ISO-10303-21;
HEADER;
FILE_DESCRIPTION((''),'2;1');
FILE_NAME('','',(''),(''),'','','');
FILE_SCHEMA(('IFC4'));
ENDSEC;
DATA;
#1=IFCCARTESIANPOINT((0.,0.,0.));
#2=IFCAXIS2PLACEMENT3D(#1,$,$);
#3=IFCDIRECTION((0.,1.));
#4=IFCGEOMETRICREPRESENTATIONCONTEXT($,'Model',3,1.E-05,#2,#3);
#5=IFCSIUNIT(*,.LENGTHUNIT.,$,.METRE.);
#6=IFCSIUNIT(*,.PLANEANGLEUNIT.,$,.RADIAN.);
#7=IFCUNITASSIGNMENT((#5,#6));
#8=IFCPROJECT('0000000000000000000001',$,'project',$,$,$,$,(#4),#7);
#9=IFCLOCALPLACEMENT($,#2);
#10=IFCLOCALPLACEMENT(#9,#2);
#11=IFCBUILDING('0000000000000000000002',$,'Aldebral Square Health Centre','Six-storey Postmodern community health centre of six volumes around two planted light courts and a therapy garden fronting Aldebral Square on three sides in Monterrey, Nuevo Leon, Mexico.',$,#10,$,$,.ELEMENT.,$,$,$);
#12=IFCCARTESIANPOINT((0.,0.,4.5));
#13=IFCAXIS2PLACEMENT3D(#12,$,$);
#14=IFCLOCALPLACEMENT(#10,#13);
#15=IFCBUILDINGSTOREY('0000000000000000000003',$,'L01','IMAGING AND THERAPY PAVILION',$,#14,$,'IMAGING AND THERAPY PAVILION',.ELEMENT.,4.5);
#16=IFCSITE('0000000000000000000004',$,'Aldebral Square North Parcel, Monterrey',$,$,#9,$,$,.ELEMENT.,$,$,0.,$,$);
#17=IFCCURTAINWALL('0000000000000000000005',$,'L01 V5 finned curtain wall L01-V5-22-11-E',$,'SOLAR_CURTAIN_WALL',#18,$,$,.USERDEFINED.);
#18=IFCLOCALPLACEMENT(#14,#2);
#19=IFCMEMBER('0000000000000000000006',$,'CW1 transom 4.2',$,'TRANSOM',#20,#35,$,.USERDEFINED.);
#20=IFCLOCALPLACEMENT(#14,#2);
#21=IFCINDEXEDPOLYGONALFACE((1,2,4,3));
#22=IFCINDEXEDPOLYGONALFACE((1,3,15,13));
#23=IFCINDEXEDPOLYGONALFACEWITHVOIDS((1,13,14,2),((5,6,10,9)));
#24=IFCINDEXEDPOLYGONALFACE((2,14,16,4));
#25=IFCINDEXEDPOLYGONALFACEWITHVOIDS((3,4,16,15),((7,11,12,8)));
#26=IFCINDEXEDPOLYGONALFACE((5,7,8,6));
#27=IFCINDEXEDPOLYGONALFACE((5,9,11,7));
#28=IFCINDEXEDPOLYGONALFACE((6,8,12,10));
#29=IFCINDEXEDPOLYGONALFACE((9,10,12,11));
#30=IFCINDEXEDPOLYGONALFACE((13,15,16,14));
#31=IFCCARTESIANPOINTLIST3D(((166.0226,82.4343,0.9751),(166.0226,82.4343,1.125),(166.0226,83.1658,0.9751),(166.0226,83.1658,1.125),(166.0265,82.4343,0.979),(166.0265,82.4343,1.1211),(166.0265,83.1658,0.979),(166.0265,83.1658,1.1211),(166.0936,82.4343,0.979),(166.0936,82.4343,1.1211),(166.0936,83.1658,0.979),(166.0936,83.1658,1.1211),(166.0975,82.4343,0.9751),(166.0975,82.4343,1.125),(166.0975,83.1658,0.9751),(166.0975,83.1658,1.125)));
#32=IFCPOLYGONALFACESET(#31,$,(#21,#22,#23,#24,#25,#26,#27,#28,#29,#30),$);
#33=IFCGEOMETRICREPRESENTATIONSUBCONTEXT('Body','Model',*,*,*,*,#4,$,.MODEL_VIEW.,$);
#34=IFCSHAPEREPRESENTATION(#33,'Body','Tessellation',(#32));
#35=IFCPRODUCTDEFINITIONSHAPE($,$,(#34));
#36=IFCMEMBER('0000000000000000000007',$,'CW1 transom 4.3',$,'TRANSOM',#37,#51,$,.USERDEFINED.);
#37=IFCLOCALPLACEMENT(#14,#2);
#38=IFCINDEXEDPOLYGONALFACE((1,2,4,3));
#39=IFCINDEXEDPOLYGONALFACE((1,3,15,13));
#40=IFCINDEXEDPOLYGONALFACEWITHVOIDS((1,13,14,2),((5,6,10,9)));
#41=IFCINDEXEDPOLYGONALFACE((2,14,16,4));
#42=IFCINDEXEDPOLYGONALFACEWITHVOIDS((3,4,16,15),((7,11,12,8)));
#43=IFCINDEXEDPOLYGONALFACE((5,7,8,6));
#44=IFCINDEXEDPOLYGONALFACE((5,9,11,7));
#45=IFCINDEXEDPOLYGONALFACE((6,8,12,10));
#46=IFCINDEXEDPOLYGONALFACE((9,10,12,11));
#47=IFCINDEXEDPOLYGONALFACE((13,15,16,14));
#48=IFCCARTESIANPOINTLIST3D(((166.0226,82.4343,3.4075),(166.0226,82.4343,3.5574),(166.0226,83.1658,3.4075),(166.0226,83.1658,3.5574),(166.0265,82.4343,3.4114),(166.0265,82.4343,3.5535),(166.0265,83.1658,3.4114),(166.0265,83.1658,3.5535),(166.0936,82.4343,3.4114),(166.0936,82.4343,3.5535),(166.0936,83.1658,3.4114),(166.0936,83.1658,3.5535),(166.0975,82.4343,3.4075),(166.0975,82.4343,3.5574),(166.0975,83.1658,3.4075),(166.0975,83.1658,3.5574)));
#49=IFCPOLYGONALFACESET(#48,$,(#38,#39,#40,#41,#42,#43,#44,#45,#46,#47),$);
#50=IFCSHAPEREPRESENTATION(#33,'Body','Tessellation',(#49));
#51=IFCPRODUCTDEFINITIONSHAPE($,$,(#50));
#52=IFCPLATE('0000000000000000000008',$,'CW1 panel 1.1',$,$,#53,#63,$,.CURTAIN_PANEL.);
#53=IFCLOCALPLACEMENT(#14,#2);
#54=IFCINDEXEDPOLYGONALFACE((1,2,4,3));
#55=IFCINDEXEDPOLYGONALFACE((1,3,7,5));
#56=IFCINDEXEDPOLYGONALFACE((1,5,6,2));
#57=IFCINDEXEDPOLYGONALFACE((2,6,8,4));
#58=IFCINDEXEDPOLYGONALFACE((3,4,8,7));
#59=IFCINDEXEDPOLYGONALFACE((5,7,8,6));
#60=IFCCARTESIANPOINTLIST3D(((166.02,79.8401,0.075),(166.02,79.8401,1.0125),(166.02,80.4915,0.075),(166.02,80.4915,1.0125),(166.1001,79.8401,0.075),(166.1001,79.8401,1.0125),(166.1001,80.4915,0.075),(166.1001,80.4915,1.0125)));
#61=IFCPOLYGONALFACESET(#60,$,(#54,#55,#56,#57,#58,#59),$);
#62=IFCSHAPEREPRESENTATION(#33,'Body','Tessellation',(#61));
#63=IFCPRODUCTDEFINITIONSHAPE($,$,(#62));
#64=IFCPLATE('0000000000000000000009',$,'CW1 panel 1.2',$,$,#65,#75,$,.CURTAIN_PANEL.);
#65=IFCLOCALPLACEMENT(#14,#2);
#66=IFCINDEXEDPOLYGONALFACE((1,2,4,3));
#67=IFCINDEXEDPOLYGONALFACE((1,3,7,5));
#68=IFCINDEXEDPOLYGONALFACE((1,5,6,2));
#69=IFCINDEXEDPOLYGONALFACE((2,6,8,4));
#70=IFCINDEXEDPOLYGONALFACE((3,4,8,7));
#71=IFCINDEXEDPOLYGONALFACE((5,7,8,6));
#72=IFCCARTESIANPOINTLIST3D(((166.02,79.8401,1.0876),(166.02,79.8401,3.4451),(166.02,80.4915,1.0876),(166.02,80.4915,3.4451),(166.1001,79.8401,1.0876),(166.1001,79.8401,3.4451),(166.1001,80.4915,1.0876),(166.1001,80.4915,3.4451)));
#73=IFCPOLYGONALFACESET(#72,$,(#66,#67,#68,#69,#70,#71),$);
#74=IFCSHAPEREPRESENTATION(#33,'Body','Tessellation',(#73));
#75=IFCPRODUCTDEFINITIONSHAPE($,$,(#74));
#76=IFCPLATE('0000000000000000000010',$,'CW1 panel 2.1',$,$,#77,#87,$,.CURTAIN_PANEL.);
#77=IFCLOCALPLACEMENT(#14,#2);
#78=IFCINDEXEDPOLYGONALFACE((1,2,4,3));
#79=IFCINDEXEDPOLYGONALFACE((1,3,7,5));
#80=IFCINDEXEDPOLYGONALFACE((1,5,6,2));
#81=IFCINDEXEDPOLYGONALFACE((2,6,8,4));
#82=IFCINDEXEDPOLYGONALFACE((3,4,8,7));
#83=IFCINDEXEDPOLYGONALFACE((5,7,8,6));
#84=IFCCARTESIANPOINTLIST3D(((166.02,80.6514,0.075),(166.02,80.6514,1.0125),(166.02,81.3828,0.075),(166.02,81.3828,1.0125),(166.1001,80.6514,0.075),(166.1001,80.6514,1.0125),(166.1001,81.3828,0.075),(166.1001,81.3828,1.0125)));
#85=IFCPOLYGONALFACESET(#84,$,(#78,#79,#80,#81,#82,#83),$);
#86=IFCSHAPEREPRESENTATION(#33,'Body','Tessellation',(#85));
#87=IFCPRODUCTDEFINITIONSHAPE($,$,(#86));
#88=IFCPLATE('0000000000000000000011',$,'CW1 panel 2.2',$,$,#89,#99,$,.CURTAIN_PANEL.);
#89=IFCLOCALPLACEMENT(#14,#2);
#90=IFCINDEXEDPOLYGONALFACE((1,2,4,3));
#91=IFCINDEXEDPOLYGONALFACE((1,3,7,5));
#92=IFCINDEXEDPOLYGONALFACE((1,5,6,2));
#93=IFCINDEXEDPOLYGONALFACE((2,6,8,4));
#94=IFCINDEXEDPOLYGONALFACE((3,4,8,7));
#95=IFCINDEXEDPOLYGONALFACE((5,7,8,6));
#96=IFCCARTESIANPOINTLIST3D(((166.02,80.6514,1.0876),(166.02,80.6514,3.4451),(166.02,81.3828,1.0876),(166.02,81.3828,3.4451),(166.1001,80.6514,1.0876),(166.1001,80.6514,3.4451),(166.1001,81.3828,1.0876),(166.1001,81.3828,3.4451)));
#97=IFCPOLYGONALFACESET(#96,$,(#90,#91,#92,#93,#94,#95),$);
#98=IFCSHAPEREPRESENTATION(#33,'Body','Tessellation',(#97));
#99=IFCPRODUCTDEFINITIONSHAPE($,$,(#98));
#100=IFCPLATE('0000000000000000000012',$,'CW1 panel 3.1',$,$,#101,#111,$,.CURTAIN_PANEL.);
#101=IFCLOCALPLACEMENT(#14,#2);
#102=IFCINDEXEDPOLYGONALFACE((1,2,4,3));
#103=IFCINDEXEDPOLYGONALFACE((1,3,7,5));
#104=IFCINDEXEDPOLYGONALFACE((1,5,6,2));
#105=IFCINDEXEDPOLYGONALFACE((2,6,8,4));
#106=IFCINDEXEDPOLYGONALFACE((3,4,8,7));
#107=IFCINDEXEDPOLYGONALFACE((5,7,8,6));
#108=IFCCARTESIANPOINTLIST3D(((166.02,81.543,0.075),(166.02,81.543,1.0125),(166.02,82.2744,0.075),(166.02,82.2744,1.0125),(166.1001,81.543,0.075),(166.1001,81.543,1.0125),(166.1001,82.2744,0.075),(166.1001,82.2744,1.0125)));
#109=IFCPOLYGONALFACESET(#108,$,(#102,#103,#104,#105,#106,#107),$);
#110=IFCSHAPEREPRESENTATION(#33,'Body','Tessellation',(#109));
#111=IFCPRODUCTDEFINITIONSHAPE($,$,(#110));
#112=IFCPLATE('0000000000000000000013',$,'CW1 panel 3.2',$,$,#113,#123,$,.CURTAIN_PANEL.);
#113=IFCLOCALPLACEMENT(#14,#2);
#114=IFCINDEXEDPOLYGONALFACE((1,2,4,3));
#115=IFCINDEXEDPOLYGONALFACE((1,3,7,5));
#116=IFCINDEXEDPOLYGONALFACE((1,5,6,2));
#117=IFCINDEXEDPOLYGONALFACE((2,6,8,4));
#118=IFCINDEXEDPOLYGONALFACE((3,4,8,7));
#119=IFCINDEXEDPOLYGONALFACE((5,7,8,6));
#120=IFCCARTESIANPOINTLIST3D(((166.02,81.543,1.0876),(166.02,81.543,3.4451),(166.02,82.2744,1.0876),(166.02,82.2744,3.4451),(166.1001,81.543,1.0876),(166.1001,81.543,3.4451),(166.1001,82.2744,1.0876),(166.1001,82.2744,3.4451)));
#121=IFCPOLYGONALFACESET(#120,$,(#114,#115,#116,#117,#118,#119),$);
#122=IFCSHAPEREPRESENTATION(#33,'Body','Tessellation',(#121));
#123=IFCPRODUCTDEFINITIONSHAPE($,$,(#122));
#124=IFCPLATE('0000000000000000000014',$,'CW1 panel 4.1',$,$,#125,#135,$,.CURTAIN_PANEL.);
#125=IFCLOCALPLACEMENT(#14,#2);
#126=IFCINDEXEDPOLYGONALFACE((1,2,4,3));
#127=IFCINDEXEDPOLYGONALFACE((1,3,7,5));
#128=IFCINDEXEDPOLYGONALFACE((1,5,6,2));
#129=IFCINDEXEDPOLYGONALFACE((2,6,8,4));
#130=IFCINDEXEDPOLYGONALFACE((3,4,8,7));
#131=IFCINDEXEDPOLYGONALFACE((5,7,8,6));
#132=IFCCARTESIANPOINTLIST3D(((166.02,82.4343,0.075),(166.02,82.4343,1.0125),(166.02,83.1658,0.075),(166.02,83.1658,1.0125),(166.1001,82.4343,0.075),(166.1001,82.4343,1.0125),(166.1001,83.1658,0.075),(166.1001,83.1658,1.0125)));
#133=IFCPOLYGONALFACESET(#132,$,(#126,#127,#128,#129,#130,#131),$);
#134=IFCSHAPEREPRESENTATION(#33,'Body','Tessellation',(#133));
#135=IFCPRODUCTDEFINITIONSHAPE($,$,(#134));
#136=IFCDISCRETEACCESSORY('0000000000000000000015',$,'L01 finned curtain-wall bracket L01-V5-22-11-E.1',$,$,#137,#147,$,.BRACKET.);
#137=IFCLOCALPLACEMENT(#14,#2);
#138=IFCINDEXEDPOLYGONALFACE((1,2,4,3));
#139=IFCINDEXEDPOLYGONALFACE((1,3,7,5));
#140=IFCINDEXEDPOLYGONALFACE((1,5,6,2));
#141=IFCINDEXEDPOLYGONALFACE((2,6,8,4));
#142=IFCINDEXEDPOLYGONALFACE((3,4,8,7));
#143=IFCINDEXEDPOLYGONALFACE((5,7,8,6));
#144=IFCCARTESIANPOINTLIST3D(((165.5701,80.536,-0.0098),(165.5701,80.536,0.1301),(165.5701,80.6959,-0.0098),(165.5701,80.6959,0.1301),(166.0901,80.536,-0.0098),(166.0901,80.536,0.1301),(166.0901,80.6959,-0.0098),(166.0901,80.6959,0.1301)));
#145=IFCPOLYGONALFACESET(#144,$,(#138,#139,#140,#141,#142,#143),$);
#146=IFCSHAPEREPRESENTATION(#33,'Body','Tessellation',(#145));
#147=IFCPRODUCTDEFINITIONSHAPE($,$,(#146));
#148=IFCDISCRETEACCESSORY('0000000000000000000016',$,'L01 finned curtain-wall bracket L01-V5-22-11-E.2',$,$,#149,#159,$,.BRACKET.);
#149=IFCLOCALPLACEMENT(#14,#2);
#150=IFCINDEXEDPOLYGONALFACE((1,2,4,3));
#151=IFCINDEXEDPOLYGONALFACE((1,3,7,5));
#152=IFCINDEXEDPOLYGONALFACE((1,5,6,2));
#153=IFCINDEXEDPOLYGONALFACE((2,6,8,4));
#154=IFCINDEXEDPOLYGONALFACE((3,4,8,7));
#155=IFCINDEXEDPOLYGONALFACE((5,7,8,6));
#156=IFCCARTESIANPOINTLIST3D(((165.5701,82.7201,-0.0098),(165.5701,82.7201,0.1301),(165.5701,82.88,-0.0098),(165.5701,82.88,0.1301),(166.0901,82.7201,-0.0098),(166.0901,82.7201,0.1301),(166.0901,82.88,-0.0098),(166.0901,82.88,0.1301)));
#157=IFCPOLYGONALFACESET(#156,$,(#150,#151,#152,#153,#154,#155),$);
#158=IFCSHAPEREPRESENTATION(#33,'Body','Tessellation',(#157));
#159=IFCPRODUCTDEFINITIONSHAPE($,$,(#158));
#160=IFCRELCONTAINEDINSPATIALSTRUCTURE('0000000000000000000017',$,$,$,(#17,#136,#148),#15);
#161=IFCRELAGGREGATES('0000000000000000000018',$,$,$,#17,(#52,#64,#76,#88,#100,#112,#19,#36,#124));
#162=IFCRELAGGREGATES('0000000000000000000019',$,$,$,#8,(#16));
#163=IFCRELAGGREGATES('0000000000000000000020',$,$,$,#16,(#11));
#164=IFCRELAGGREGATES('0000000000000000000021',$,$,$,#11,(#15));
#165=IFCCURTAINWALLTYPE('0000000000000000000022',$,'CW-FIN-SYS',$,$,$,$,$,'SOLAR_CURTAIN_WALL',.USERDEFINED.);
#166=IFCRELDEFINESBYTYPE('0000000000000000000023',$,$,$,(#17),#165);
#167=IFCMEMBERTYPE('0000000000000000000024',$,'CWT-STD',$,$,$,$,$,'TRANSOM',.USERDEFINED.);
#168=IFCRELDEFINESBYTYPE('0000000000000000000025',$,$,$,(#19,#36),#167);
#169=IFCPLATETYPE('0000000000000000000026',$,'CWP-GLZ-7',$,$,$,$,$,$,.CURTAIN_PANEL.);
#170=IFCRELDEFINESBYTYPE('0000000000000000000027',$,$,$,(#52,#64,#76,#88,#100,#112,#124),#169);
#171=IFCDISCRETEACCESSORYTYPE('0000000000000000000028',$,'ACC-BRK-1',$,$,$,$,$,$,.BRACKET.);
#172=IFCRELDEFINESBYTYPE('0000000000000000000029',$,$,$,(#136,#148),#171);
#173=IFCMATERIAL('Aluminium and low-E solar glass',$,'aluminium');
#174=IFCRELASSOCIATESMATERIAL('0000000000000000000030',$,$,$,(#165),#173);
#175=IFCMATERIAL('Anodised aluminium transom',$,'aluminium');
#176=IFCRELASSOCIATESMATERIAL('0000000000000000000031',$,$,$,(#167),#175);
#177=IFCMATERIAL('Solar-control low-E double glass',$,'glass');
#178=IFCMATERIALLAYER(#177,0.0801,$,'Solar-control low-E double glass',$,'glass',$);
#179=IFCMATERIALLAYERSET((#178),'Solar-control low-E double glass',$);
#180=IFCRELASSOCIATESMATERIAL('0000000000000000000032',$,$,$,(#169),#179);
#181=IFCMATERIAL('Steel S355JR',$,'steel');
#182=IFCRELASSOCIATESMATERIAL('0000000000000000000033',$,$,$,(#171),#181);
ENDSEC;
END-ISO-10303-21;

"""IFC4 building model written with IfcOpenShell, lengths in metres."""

from ifc_helpers import new_model, si_unit, direction, frame, origin, origin_2d, place, context, subcontext, project, spatial, rectangle, hollow_rectangle, extrude, material, layer, layer_set, material_profile, profile_set, type_object, element, aggregate, save


model = new_model("IFC4")

# Units and contexts
model_context = context("Model", 3, precision=1e-05, world=origin(), true_north=direction((0.0, 1.0)))
body_context = subcontext(model_context, "Body", "Model", "MODEL_VIEW")
ifc_project = project(units=[si_unit("LENGTHUNIT", "METRE"), si_unit("PLANEANGLEUNIT", "RADIAN")], contexts=[model_context])

# Site, building, storey
site_placement = place(None, origin())
site = spatial("IfcSite", under=ifc_project, at=site_placement, Name="Aldebral Square North Parcel, Monterrey", CompositionType="ELEMENT", RefElevation=0.0)
building_placement = place(site_placement, origin())
building = spatial("IfcBuilding", under=site, at=building_placement, Name="Aldebral Square Health Centre", Description="Six-storey Postmodern community health centre of six volumes around two planted light courts and a therapy garden fronting Aldebral Square on three sides in Monterrey, Nuevo Leon, Mexico.", CompositionType="ELEMENT")
storey_placement = place(building_placement, frame((0.0, 0.0, 4.5)))
storey = spatial("IfcBuildingStorey", under=building, at=storey_placement, Name="L01", Description="IMAGING AND THERAPY PAVILION", LongName="IMAGING AND THERAPY PAVILION", CompositionType="ELEMENT", Elevation=4.5)

# Curtain wall, members, plates
ifc_material_1 = material(Name="Aluminium and low-E solar glass", Category="aluminium")
curtain_wall_type = type_object("IfcCurtainWallType", Name="CW-FIN-SYS", ElementType="SOLAR_CURTAIN_WALL", PredefinedType="USERDEFINED", material=ifc_material_1)
curtain_wall_placement = place(storey_placement, origin())
curtain_wall = element("IfcCurtainWall", 1, at=curtain_wall_placement, inside=storey, type_object=curtain_wall_type, Name="L01 V5 finned curtain wall L01-V5-22-11-E", ObjectType="SOLAR_CURTAIN_WALL", PredefinedType="USERDEFINED")
ifc_material_2 = material(Name="Anodised aluminium transom", Category="aluminium")
ifc_material_profile_1 = material_profile(ifc_material_2, hollow_rectangle(XDim=0.075, YDim=0.1499, WallThickness=0.0039, at=origin_2d()), Name="CWT 75x150x4")
ifc_profile_set_1 = profile_set([ifc_material_profile_1], Name="Anodised aluminium transom")
member_type_1 = type_object("IfcMemberType", Name="CWT-STD", ElementType="TRANSOM", PredefinedType="USERDEFINED", material=ifc_profile_set_1)
member_1_placement = place(storey_placement, frame((166.0601, 82.4343, 1.05), z_axis=(0.0, 1.0, 0.0), x_axis=(-1.0, 0.0, 0.0)))
member_1 = element("IfcMember", 2, at=member_1_placement, type_object=member_type_1, Name="CW1 transom 4.2", ObjectType="TRANSOM", PredefinedType="USERDEFINED", context=body_context, shape_type="SweptSolid", body=[
    extrude(hollow_rectangle(XDim=0.075, YDim=0.1499, WallThickness=0.0039, at=origin_2d()), origin(), (0.0, 0.0, 1.0), 0.7314),
])
member_2_placement = place(storey_placement, frame((166.0601, 82.4343, 3.4824), z_axis=(0.0, 1.0, 0.0), x_axis=(-1.0, 0.0, 0.0)))
member_2 = element("IfcMember", 3, at=member_2_placement, type_object=member_type_1, Name="CW1 transom 4.3", ObjectType="TRANSOM", PredefinedType="USERDEFINED", context=body_context, shape_type="SweptSolid", body=[
    extrude(hollow_rectangle(XDim=0.075, YDim=0.1499, WallThickness=0.0039, at=origin_2d()), origin(), (0.0, 0.0, 1.0), 0.7314),
])
ifc_material_3 = material(Name="Solar-control low-E double glass", Category="glass")
ifc_layer = layer(ifc_material_3, 0.0801, Name="Solar-control low-E double glass", Category="glass")
ifc_layer_set = layer_set([ifc_layer], Name="Solar-control low-E double glass")
plate_type = type_object("IfcPlateType", Name="CWP-GLZ-7", PredefinedType="CURTAIN_PANEL", material=ifc_layer_set)
plate_1_placement = place(storey_placement, frame((166.0601, 80.1658, 0.075), z_axis=(0.0, 0.0, 1.0), x_axis=(0.0, 1.0, 0.0)))
plate_1 = element("IfcPlate", 4, at=plate_1_placement, type_object=plate_type, Name="CW1 panel 1.1", PredefinedType="CURTAIN_PANEL", context=body_context, shape_type="SweptSolid", body=[
    extrude(rectangle(XDim=0.6514, YDim=0.0801, at=origin_2d()), origin(), (0.0, 0.0, 1.0), 0.9375),
])
plate_2_placement = place(storey_placement, frame((166.0601, 80.1658, 1.0876), z_axis=(0.0, 0.0, 1.0), x_axis=(0.0, 1.0, 0.0)))
plate_2 = element("IfcPlate", 5, at=plate_2_placement, type_object=plate_type, Name="CW1 panel 1.2", PredefinedType="CURTAIN_PANEL", context=body_context, shape_type="SweptSolid", body=[
    extrude(rectangle(XDim=0.6514, YDim=0.0801, at=origin_2d()), origin(), (0.0, 0.0, 1.0), 2.3574),
])
plate_3_placement = place(storey_placement, frame((166.0601, 81.0171, 0.075), z_axis=(0.0, 0.0, 1.0), x_axis=(0.0, 1.0, 0.0)))
plate_3 = element("IfcPlate", 6, at=plate_3_placement, type_object=plate_type, Name="CW1 panel 2.1", PredefinedType="CURTAIN_PANEL", context=body_context, shape_type="SweptSolid", body=[
    extrude(rectangle(XDim=0.7314, YDim=0.0801, at=origin_2d()), origin(), (0.0, 0.0, 1.0), 0.9375),
])
plate_4_placement = place(storey_placement, frame((166.0601, 81.0171, 1.0876), z_axis=(0.0, 0.0, 1.0), x_axis=(0.0, 1.0, 0.0)))
plate_4 = element("IfcPlate", 7, at=plate_4_placement, type_object=plate_type, Name="CW1 panel 2.2", PredefinedType="CURTAIN_PANEL", context=body_context, shape_type="SweptSolid", body=[
    extrude(rectangle(XDim=0.7314, YDim=0.0801, at=origin_2d()), origin(), (0.0, 0.0, 1.0), 2.3574),
])
plate_5_placement = place(storey_placement, frame((166.0601, 81.9087, 0.075), z_axis=(0.0, 0.0, 1.0), x_axis=(0.0, 1.0, 0.0)))
plate_5 = element("IfcPlate", 8, at=plate_5_placement, type_object=plate_type, Name="CW1 panel 3.1", PredefinedType="CURTAIN_PANEL", context=body_context, shape_type="SweptSolid", body=[
    extrude(rectangle(XDim=0.7314, YDim=0.0801, at=origin_2d()), origin(), (0.0, 0.0, 1.0), 0.9375),
])
plate_6_placement = place(storey_placement, frame((166.0601, 81.9087, 1.0876), z_axis=(0.0, 0.0, 1.0), x_axis=(0.0, 1.0, 0.0)))
plate_6 = element("IfcPlate", 9, at=plate_6_placement, type_object=plate_type, Name="CW1 panel 3.2", PredefinedType="CURTAIN_PANEL", context=body_context, shape_type="SweptSolid", body=[
    extrude(rectangle(XDim=0.7314, YDim=0.0801, at=origin_2d()), origin(), (0.0, 0.0, 1.0), 2.3574),
])
plate_7_placement = place(storey_placement, frame((166.0601, 82.8, 0.075), z_axis=(0.0, 0.0, 1.0), x_axis=(0.0, 1.0, 0.0)))
plate_7 = element("IfcPlate", 10, at=plate_7_placement, type_object=plate_type, Name="CW1 panel 4.1", PredefinedType="CURTAIN_PANEL", context=body_context, shape_type="SweptSolid", body=[
    extrude(rectangle(XDim=0.7314, YDim=0.0801, at=origin_2d()), origin(), (0.0, 0.0, 1.0), 0.9375),
])
aggregate(curtain_wall, [plate_1, plate_2, plate_3, plate_4, plate_5, plate_6, member_1, member_2, plate_7])

# Discrete accessories
ifc_material_4 = material(Name="Steel S355JR", Category="steel")
discrete_accessory_type = type_object("IfcDiscreteAccessoryType", Name="ACC-BRK-1", PredefinedType="BRACKET", material=ifc_material_4)
for number, where, z_axis, x_axis, name in (
    (11, (165.8301, 80.616, -0.0098), (0.0, 0.0, 1.0), (0.0, 1.0, 0.0), "L01 finned curtain-wall bracket L01-V5-22-11-E.1"),
    (12, (165.8301, 82.8, -0.0098), (0.0, 0.0, 1.0), (0.0, 1.0, 0.0), "L01 finned curtain-wall bracket L01-V5-22-11-E.2"),
):
    element("IfcDiscreteAccessory", number, at=place(storey_placement, frame(where, z_axis=z_axis, x_axis=x_axis)), inside=storey, type_object=discrete_accessory_type, Name=name, PredefinedType="BRACKET", context=body_context, shape_type="SweptSolid", body=[
        extrude(rectangle(XDim=0.1599, YDim=0.52, at=origin_2d()), origin(), (0.0, 0.0, 1.0), 0.1399),
    ])

save(model, "model.ifc")
